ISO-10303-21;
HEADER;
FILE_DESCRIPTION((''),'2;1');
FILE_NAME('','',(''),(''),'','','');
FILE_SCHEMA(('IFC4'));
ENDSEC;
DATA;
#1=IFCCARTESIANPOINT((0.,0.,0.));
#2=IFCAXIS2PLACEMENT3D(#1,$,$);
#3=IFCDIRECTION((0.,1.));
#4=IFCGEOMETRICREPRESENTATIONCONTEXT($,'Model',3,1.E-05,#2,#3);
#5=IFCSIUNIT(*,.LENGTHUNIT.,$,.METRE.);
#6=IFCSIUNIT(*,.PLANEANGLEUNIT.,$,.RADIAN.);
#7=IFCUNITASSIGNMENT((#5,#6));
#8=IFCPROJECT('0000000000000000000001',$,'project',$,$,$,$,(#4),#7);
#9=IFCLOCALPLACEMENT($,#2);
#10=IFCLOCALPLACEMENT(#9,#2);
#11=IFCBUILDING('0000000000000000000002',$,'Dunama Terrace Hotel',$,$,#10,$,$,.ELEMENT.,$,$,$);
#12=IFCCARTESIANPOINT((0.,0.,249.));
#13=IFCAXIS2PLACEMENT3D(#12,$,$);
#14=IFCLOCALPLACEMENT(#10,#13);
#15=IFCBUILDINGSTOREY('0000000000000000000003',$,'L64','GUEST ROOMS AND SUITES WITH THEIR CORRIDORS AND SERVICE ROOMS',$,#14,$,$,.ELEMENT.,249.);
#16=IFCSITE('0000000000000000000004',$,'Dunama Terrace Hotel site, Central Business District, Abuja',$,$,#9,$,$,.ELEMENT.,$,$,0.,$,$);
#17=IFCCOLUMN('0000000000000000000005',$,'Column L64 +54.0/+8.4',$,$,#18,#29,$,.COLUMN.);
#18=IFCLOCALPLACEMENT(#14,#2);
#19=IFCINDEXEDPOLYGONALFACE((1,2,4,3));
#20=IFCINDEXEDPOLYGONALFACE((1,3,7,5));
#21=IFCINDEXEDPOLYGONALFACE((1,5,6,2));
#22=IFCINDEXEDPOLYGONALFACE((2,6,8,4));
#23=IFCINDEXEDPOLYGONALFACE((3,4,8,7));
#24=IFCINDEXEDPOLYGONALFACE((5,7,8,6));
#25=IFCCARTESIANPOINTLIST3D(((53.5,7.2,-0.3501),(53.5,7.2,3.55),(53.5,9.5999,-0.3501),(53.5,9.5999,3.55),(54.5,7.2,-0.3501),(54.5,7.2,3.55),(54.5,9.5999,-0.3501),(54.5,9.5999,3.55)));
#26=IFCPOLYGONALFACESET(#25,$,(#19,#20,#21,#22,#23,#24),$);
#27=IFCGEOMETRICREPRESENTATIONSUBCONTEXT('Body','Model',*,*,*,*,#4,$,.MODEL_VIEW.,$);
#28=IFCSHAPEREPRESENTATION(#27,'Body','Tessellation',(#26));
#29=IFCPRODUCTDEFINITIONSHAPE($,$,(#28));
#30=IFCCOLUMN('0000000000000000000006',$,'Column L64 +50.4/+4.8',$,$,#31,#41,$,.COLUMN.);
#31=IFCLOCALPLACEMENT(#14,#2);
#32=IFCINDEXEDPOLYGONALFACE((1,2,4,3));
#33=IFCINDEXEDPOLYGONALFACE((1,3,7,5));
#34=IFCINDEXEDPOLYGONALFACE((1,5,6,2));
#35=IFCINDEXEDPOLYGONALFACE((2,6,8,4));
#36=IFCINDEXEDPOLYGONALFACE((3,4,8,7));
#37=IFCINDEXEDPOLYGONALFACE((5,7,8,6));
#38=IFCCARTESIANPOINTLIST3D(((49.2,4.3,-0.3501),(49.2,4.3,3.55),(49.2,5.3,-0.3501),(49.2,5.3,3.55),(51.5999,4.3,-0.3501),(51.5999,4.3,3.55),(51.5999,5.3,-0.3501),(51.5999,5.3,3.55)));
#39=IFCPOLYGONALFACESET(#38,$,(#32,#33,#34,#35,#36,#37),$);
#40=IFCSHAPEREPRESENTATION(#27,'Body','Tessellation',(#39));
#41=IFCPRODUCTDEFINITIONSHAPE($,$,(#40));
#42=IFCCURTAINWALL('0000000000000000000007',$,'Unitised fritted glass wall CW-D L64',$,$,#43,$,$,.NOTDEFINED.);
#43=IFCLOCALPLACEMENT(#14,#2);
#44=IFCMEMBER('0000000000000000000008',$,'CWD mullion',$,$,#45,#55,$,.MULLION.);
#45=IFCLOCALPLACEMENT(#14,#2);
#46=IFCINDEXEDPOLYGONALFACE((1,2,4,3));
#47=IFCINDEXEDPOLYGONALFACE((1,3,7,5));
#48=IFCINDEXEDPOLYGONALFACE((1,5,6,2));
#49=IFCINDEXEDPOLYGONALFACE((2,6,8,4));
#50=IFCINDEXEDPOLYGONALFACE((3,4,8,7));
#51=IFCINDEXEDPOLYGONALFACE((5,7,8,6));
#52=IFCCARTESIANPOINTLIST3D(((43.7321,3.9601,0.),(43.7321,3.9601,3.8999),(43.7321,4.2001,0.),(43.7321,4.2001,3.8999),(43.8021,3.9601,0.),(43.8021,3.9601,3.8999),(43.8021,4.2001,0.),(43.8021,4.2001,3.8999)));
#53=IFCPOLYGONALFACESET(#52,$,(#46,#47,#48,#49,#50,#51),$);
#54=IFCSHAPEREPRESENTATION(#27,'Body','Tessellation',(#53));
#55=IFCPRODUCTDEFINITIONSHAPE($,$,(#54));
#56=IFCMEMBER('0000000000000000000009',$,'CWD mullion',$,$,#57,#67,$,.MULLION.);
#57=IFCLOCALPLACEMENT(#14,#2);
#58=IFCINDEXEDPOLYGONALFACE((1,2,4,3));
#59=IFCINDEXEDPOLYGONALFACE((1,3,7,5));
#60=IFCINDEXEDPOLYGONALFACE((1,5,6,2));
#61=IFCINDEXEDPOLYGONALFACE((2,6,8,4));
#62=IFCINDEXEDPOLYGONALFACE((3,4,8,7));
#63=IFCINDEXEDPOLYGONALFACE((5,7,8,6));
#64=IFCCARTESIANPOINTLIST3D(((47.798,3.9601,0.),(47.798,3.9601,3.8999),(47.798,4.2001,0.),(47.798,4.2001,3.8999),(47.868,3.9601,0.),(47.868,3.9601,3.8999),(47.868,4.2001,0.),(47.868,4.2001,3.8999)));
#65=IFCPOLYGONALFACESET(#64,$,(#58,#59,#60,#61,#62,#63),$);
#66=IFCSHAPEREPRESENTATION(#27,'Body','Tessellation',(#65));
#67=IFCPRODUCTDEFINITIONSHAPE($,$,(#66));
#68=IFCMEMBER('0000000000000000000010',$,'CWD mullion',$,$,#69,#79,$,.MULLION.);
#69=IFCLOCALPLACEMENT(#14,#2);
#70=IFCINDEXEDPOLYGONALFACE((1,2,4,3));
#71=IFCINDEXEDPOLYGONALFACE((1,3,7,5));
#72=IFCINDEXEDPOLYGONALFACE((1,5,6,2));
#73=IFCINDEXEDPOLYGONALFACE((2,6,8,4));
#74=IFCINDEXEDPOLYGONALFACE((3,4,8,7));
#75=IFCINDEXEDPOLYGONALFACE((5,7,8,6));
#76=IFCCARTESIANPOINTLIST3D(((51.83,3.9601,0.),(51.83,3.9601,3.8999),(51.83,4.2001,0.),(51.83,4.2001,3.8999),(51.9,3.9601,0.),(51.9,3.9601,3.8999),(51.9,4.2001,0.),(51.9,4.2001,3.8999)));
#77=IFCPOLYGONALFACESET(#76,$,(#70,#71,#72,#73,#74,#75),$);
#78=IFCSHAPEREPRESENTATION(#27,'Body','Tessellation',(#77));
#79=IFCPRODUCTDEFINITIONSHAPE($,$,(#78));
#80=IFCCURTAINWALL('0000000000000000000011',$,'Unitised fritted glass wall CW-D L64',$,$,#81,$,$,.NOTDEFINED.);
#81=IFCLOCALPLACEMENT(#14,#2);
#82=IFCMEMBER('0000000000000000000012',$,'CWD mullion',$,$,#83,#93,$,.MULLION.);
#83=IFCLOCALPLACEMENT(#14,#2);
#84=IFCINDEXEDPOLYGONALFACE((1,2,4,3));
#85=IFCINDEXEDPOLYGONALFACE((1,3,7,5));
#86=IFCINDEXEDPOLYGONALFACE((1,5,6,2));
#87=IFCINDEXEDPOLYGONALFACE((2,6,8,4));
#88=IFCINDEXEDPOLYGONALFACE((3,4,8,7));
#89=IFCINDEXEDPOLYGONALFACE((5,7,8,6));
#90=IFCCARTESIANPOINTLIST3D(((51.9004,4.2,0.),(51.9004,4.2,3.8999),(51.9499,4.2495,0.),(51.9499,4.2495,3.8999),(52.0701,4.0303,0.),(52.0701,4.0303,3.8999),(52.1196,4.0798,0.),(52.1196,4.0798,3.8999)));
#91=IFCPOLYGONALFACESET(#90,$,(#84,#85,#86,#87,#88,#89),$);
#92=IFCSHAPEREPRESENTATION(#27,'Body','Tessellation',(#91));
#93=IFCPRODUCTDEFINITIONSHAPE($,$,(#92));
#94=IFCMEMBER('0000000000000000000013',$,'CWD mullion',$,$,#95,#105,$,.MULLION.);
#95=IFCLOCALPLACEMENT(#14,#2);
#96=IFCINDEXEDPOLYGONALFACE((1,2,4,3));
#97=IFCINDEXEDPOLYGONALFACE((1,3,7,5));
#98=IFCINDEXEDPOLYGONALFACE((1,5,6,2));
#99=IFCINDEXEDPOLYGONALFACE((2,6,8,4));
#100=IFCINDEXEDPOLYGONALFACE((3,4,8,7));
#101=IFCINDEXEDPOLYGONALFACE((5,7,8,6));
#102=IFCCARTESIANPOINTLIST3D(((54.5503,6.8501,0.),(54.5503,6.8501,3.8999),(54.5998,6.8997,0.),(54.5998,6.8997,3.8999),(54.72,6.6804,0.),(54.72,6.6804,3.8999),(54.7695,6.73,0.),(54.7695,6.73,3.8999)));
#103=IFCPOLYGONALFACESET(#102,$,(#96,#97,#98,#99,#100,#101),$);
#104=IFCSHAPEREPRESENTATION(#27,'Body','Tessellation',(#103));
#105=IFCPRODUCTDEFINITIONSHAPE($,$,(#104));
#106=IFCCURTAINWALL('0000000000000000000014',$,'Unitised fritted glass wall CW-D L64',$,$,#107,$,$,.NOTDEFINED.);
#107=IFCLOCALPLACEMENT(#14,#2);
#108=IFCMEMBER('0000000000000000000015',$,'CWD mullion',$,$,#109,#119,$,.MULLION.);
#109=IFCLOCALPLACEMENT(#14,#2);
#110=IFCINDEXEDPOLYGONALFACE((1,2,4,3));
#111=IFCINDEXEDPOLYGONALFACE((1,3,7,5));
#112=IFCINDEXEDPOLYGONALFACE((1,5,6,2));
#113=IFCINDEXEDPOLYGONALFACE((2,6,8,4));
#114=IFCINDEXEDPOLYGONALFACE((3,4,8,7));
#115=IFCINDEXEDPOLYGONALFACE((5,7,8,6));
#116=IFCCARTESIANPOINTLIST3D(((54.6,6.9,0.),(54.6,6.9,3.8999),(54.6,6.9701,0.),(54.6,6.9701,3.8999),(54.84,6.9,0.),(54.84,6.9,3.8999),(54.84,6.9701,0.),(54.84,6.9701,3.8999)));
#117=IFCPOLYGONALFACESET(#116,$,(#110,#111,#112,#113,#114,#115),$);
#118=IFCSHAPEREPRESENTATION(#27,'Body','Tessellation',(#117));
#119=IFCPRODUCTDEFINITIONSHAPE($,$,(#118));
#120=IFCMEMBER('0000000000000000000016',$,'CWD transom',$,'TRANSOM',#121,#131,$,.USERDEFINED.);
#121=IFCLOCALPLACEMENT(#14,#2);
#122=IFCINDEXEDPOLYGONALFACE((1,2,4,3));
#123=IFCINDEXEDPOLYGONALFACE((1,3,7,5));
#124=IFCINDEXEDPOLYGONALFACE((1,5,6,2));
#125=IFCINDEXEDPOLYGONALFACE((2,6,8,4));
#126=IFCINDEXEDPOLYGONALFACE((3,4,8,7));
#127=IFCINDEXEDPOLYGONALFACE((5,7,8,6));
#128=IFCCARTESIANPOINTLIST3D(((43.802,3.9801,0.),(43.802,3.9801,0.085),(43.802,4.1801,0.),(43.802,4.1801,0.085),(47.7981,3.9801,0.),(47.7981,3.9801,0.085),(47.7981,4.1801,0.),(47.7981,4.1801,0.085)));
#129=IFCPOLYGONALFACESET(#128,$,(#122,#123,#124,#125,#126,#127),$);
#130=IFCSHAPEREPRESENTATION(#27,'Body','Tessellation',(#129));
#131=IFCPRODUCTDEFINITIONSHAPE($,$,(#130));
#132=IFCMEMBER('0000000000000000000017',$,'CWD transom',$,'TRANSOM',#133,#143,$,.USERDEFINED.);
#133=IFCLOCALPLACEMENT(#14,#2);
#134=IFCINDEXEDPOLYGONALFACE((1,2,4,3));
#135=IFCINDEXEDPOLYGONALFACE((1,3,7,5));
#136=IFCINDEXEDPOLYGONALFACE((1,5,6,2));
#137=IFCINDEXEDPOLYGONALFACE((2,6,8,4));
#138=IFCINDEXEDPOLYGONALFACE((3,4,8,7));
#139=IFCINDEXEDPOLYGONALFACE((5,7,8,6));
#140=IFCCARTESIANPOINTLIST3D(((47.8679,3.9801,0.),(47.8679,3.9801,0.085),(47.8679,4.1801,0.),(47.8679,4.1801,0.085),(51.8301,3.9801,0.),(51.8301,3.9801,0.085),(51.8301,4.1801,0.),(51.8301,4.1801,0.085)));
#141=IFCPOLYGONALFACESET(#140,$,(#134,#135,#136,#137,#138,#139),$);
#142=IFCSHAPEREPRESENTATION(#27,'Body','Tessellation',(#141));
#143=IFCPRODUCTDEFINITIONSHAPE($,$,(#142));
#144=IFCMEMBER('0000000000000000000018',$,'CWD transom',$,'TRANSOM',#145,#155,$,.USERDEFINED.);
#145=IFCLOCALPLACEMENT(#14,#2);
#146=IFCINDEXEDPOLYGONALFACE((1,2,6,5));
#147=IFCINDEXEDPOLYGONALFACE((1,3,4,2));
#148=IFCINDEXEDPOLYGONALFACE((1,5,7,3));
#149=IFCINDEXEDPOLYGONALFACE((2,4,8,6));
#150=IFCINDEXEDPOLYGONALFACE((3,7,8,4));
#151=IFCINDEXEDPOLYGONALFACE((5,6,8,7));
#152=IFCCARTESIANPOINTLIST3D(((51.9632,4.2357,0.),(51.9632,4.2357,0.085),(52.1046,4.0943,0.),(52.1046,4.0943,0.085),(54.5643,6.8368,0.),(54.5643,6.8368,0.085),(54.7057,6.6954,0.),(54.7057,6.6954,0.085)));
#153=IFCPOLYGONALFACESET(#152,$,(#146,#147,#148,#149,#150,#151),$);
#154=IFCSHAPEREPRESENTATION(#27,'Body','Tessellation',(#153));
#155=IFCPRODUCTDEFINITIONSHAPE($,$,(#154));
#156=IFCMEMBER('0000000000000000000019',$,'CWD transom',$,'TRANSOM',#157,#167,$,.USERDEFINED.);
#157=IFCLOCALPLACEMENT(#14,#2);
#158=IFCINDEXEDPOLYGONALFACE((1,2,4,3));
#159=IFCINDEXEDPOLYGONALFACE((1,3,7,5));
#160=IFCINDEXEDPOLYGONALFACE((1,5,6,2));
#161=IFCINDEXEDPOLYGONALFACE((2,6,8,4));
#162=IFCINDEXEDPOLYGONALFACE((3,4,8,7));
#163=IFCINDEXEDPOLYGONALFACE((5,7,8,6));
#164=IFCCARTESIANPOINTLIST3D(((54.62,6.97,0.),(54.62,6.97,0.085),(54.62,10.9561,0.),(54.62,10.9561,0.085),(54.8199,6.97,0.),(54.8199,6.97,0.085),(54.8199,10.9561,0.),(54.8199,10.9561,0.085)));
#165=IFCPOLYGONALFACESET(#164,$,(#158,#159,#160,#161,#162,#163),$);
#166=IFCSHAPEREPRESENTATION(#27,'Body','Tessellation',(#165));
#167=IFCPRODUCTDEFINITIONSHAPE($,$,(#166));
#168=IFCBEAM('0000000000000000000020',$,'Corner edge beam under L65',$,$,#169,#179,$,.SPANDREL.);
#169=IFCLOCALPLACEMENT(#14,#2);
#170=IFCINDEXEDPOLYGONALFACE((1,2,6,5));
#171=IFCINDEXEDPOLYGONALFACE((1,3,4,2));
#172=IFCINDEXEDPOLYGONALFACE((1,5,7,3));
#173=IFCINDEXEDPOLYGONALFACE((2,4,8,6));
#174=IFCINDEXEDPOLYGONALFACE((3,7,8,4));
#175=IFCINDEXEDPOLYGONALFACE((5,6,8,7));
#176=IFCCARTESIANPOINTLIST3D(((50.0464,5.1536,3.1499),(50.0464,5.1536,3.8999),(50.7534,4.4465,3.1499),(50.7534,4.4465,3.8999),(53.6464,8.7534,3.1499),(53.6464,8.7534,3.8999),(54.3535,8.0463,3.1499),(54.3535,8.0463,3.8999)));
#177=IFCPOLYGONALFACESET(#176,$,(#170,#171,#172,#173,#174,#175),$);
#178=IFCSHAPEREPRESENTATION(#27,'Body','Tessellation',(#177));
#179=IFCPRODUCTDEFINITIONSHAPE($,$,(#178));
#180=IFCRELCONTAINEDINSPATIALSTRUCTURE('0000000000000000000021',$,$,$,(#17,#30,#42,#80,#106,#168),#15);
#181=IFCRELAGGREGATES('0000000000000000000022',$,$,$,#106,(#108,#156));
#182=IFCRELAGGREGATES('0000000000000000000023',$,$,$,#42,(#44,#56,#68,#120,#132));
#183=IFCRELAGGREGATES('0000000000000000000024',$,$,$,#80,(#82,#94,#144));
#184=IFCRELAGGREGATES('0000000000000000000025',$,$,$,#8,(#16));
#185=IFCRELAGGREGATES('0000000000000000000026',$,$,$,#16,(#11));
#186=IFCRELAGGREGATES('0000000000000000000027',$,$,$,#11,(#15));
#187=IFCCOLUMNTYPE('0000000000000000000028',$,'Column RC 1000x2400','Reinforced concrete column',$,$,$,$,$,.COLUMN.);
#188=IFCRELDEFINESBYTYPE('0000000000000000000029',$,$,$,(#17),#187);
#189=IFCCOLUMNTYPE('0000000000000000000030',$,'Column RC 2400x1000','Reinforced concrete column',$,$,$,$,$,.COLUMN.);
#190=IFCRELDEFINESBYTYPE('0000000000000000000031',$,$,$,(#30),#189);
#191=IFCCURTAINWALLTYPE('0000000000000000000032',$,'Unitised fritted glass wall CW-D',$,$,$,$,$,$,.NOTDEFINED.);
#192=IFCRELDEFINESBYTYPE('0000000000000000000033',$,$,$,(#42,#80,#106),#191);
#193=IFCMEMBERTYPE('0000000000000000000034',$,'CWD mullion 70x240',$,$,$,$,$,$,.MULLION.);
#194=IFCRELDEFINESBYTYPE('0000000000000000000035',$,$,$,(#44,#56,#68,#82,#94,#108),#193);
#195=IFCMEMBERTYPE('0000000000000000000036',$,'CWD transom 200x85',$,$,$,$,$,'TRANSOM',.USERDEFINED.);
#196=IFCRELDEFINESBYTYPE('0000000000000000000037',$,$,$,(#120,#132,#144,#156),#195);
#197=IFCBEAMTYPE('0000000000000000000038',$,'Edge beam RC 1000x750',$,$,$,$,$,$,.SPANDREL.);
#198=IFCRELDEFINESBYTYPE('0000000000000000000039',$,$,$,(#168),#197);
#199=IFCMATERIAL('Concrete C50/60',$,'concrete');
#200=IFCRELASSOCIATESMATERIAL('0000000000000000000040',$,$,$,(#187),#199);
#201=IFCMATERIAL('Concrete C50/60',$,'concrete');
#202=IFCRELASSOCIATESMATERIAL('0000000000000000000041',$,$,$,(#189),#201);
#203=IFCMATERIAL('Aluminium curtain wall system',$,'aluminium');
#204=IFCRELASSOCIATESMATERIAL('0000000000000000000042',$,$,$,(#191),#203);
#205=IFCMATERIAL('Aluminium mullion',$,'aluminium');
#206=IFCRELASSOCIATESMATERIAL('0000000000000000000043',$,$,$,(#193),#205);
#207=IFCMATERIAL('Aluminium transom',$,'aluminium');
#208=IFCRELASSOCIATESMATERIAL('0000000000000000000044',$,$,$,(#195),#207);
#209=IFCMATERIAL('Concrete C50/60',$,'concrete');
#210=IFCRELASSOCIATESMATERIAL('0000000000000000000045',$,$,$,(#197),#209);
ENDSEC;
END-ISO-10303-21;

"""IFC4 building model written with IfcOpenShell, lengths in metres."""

from ifc_helpers import new_model, si_unit, direction, frame, origin, origin_2d, place, context, subcontext, project, spatial, rectangle, extrude, material, material_profile, profile_set, type_object, element, aggregate, save


model = new_model("IFC4")

# Units and contexts
model_context = context("Model", 3, precision=1e-05, world=origin(), true_north=direction((0.0, 1.0)))
body_context = subcontext(model_context, "Body", "Model", "MODEL_VIEW")
ifc_project = project(units=[si_unit("LENGTHUNIT", "METRE"), si_unit("PLANEANGLEUNIT", "RADIAN")], contexts=[model_context])

# Site, building, storey
site_placement = place(None, origin())
site = spatial("IfcSite", under=ifc_project, at=site_placement, Name="Dunama Terrace Hotel site, Central Business District, Abuja", CompositionType="ELEMENT", RefElevation=0.0)
building_placement = place(site_placement, origin())
building = spatial("IfcBuilding", under=site, at=building_placement, Name="Dunama Terrace Hotel", CompositionType="ELEMENT")
storey_placement = place(building_placement, frame((0.0, 0.0, 249.0)))
storey = spatial("IfcBuildingStorey", under=building, at=storey_placement, Name="L64", Description="GUEST ROOMS AND SUITES WITH THEIR CORRIDORS AND SERVICE ROOMS", CompositionType="ELEMENT", Elevation=249.0)

# Columns
ifc_material_1 = material(Name="Concrete C50/60", Category="concrete")
ifc_material_profile_1 = material_profile(ifc_material_1, rectangle(XDim=1.0, YDim=2.3999, at=origin_2d()), Name="RC 1000x2400")
ifc_profile_set_1 = profile_set([ifc_material_profile_1], Name="Concrete C50/60")
column_type_1 = type_object("IfcColumnType", Name="Column RC 1000x2400", Description="Reinforced concrete column", PredefinedType="COLUMN", material=ifc_profile_set_1)
column_1_placement = place(storey_placement, frame((54.0, 8.3999, -0.3501), z_axis=(0.0, 0.0, 1.0), x_axis=(1.0, 0.0, 0.0)))
element("IfcColumn", 1, at=column_1_placement, inside=storey, type_object=column_type_1, Name="Column L64 +54.0/+8.4", PredefinedType="COLUMN", context=body_context, shape_type="SweptSolid", body=[
    extrude(rectangle(XDim=1.0, YDim=2.3999, at=origin_2d()), origin(), (0.0, 0.0, 1.0), 3.9001),
])
ifc_material_2 = material(Name="Concrete C50/60", Category="concrete")
ifc_material_profile_2 = material_profile(ifc_material_2, rectangle(XDim=2.3999, YDim=1.0, at=origin_2d()), Name="RC 2400x1000")
ifc_profile_set_2 = profile_set([ifc_material_profile_2], Name="Concrete C50/60")
column_type_2 = type_object("IfcColumnType", Name="Column RC 2400x1000", Description="Reinforced concrete column", PredefinedType="COLUMN", material=ifc_profile_set_2)
column_2_placement = place(storey_placement, frame((50.3999, 4.8, -0.3501), z_axis=(0.0, 0.0, 1.0), x_axis=(1.0, 0.0, 0.0)))
element("IfcColumn", 2, at=column_2_placement, inside=storey, type_object=column_type_2, Name="Column L64 +50.4/+4.8", PredefinedType="COLUMN", context=body_context, shape_type="SweptSolid", body=[
    extrude(rectangle(XDim=2.3999, YDim=1.0, at=origin_2d()), origin(), (0.0, 0.0, 1.0), 3.9001),
])

# Curtain walls, members
ifc_material_3 = material(Name="Aluminium curtain wall system", Category="aluminium")
curtain_wall_type = type_object("IfcCurtainWallType", Name="Unitised fritted glass wall CW-D", PredefinedType="NOTDEFINED", material=ifc_material_3)
curtain_wall_1_placement = place(storey_placement, origin())
curtain_wall_1 = element("IfcCurtainWall", 3, at=curtain_wall_1_placement, inside=storey, type_object=curtain_wall_type, Name="Unitised fritted glass wall CW-D L64", PredefinedType="NOTDEFINED")
ifc_material_4 = material(Name="Aluminium mullion", Category="aluminium")
ifc_material_profile_3 = material_profile(ifc_material_4, rectangle(XDim=0.0701, YDim=0.24, at=origin_2d()), Name="CWD MULLION 70X240")
ifc_profile_set_3 = profile_set([ifc_material_profile_3], Name="Aluminium mullion")
member_type_1 = type_object("IfcMemberType", Name="CWD mullion 70x240", PredefinedType="MULLION", material=ifc_profile_set_3)
member_1_placement = place(storey_placement, frame((43.7671, 4.0801, 0.0), z_axis=(0.0, 0.0, 1.0), x_axis=(1.0, 0.0, 0.0)))
member_1 = element("IfcMember", 4, at=member_1_placement, type_object=member_type_1, Name="CWD mullion", PredefinedType="MULLION", context=body_context, shape_type="SweptSolid", body=[
    extrude(rectangle(XDim=0.0701, YDim=0.24, at=origin_2d()), origin(), (0.0, 0.0, 1.0), 3.8999),
])
member_2_placement = place(storey_placement, frame((47.833, 4.0801, 0.0), z_axis=(0.0, 0.0, 1.0), x_axis=(1.0, 0.0, 0.0)))
member_2 = element("IfcMember", 5, at=member_2_placement, type_object=member_type_1, Name="CWD mullion", PredefinedType="MULLION", context=body_context, shape_type="SweptSolid", body=[
    extrude(rectangle(XDim=0.0701, YDim=0.24, at=origin_2d()), origin(), (0.0, 0.0, 1.0), 3.8999),
])
member_3_placement = place(storey_placement, frame((51.865, 4.0801, 0.0), z_axis=(0.0, 0.0, 1.0), x_axis=(1.0, 0.0, 0.0)))
member_3 = element("IfcMember", 6, at=member_3_placement, type_object=member_type_1, Name="CWD mullion", PredefinedType="MULLION", context=body_context, shape_type="SweptSolid", body=[
    extrude(rectangle(XDim=0.0701, YDim=0.24, at=origin_2d()), origin(), (0.0, 0.0, 1.0), 3.8999),
])
curtain_wall_2_placement = place(storey_placement, origin())
curtain_wall_2 = element("IfcCurtainWall", 7, at=curtain_wall_2_placement, inside=storey, type_object=curtain_wall_type, Name="Unitised fritted glass wall CW-D L64", PredefinedType="NOTDEFINED")
member_4_placement = place(storey_placement, frame((52.01, 4.1399, 0.0), z_axis=(0.0, 0.0, 1.0), x_axis=(0.707107, 0.707107, 0.0)))
member_4 = element("IfcMember", 8, at=member_4_placement, type_object=member_type_1, Name="CWD mullion", PredefinedType="MULLION", context=body_context, shape_type="SweptSolid", body=[
    extrude(rectangle(XDim=0.0701, YDim=0.24, at=origin_2d()), origin(), (0.0, 0.0, 1.0), 3.8999),
])
member_5_placement = place(storey_placement, frame((54.6599, 6.79, 0.0), z_axis=(0.0, 0.0, 1.0), x_axis=(0.707107, 0.707107, 0.0)))
member_5 = element("IfcMember", 9, at=member_5_placement, type_object=member_type_1, Name="CWD mullion", PredefinedType="MULLION", context=body_context, shape_type="SweptSolid", body=[
    extrude(rectangle(XDim=0.0701, YDim=0.24, at=origin_2d()), origin(), (0.0, 0.0, 1.0), 3.8999),
])

# Curtain wall, member
curtain_wall_3_placement = place(storey_placement, origin())
curtain_wall_3 = element("IfcCurtainWall", 10, at=curtain_wall_3_placement, inside=storey, type_object=curtain_wall_type, Name="Unitised fritted glass wall CW-D L64", PredefinedType="NOTDEFINED")
member_6_placement = place(storey_placement, frame((54.72, 6.9351, 0.0), z_axis=(0.0, 0.0, 1.0), x_axis=(0.0, 1.0, 0.0)))
member_6 = element("IfcMember", 11, at=member_6_placement, type_object=member_type_1, Name="CWD mullion", PredefinedType="MULLION", context=body_context, shape_type="SweptSolid", body=[
    extrude(rectangle(XDim=0.0701, YDim=0.24, at=origin_2d()), origin(), (0.0, 0.0, 1.0), 3.8999),
])

# Members
ifc_material_5 = material(Name="Aluminium transom", Category="aluminium")
ifc_material_profile_4 = material_profile(ifc_material_5, rectangle(XDim=0.2, YDim=0.085, at=origin_2d()), Name="CWD TRANSOM 200X85")
ifc_profile_set_4 = profile_set([ifc_material_profile_4], Name="Aluminium transom")
member_type_2 = type_object("IfcMemberType", Name="CWD transom 200x85", ElementType="TRANSOM", PredefinedType="USERDEFINED", material=ifc_profile_set_4)
member_7_placement = place(storey_placement, frame((43.802, 4.0801, 0.0425), z_axis=(1.0, 0.0, 0.0), x_axis=(0.0, 1.0, 0.0)))
member_7 = element("IfcMember", 12, at=member_7_placement, type_object=member_type_2, Name="CWD transom", ObjectType="TRANSOM", PredefinedType="USERDEFINED", context=body_context, shape_type="SweptSolid", body=[
    extrude(rectangle(XDim=0.2, YDim=0.085, at=origin_2d()), origin(), (0.0, 0.0, 1.0), 3.9961),
])
member_8_placement = place(storey_placement, frame((47.8679, 4.0801, 0.0425), z_axis=(1.0, 0.0, 0.0), x_axis=(0.0, 1.0, 0.0)))
member_8 = element("IfcMember", 13, at=member_8_placement, type_object=member_type_2, Name="CWD transom", ObjectType="TRANSOM", PredefinedType="USERDEFINED", context=body_context, shape_type="SweptSolid", body=[
    extrude(rectangle(XDim=0.2, YDim=0.085, at=origin_2d()), origin(), (0.0, 0.0, 1.0), 3.9622),
])
member_9_placement = place(storey_placement, frame((52.0339, 4.165, 0.0425), z_axis=(0.707107, 0.707107, 0.0), x_axis=(-0.707107, 0.707107, 0.0)))
member_9 = element("IfcMember", 14, at=member_9_placement, type_object=member_type_2, Name="CWD transom", ObjectType="TRANSOM", PredefinedType="USERDEFINED", context=body_context, shape_type="SweptSolid", body=[
    extrude(rectangle(XDim=0.2, YDim=0.085, at=origin_2d()), origin(), (0.0, 0.0, 1.0), 3.6785),
])
member_10_placement = place(storey_placement, frame((54.72, 6.97, 0.0425), z_axis=(0.0, 1.0, 0.0), x_axis=(-1.0, 0.0, 0.0)))
member_10 = element("IfcMember", 15, at=member_10_placement, type_object=member_type_2, Name="CWD transom", ObjectType="TRANSOM", PredefinedType="USERDEFINED", context=body_context, shape_type="SweptSolid", body=[
    extrude(rectangle(XDim=0.2, YDim=0.085, at=origin_2d()), origin(), (0.0, 0.0, 1.0), 3.9861),
])
aggregate(curtain_wall_3, [member_6, member_10])

# Beam
ifc_material_6 = material(Name="Concrete C50/60", Category="concrete")
ifc_material_profile_5 = material_profile(ifc_material_6, rectangle(XDim=1.0, YDim=0.75, at=origin_2d()), Name="RC 1000x750")
ifc_profile_set_5 = profile_set([ifc_material_profile_5], Name="Concrete C50/60")
beam_type_1 = type_object("IfcBeamType", Name="Edge beam RC 1000x750", PredefinedType="SPANDREL", material=ifc_profile_set_5)
beam_1_placement = place(storey_placement, frame((50.3999, 4.8, 3.5249), z_axis=(0.707131, 0.707083, 0.0), x_axis=(-0.707083, 0.707131, 0.0)))
element("IfcBeam", 16, at=beam_1_placement, inside=storey, type_object=beam_type_1, Name="Corner edge beam under L65", PredefinedType="SPANDREL", context=body_context, shape_type="SweptSolid", body=[
    extrude(rectangle(XDim=1.0, YDim=0.75, at=origin_2d()), origin(), (0.0, 0.0, 1.0), 5.0911),
])

aggregate(curtain_wall_1, [member_1, member_2, member_3, member_7, member_8])
aggregate(curtain_wall_2, [member_4, member_5, member_9])

save(model, "model.ifc")
